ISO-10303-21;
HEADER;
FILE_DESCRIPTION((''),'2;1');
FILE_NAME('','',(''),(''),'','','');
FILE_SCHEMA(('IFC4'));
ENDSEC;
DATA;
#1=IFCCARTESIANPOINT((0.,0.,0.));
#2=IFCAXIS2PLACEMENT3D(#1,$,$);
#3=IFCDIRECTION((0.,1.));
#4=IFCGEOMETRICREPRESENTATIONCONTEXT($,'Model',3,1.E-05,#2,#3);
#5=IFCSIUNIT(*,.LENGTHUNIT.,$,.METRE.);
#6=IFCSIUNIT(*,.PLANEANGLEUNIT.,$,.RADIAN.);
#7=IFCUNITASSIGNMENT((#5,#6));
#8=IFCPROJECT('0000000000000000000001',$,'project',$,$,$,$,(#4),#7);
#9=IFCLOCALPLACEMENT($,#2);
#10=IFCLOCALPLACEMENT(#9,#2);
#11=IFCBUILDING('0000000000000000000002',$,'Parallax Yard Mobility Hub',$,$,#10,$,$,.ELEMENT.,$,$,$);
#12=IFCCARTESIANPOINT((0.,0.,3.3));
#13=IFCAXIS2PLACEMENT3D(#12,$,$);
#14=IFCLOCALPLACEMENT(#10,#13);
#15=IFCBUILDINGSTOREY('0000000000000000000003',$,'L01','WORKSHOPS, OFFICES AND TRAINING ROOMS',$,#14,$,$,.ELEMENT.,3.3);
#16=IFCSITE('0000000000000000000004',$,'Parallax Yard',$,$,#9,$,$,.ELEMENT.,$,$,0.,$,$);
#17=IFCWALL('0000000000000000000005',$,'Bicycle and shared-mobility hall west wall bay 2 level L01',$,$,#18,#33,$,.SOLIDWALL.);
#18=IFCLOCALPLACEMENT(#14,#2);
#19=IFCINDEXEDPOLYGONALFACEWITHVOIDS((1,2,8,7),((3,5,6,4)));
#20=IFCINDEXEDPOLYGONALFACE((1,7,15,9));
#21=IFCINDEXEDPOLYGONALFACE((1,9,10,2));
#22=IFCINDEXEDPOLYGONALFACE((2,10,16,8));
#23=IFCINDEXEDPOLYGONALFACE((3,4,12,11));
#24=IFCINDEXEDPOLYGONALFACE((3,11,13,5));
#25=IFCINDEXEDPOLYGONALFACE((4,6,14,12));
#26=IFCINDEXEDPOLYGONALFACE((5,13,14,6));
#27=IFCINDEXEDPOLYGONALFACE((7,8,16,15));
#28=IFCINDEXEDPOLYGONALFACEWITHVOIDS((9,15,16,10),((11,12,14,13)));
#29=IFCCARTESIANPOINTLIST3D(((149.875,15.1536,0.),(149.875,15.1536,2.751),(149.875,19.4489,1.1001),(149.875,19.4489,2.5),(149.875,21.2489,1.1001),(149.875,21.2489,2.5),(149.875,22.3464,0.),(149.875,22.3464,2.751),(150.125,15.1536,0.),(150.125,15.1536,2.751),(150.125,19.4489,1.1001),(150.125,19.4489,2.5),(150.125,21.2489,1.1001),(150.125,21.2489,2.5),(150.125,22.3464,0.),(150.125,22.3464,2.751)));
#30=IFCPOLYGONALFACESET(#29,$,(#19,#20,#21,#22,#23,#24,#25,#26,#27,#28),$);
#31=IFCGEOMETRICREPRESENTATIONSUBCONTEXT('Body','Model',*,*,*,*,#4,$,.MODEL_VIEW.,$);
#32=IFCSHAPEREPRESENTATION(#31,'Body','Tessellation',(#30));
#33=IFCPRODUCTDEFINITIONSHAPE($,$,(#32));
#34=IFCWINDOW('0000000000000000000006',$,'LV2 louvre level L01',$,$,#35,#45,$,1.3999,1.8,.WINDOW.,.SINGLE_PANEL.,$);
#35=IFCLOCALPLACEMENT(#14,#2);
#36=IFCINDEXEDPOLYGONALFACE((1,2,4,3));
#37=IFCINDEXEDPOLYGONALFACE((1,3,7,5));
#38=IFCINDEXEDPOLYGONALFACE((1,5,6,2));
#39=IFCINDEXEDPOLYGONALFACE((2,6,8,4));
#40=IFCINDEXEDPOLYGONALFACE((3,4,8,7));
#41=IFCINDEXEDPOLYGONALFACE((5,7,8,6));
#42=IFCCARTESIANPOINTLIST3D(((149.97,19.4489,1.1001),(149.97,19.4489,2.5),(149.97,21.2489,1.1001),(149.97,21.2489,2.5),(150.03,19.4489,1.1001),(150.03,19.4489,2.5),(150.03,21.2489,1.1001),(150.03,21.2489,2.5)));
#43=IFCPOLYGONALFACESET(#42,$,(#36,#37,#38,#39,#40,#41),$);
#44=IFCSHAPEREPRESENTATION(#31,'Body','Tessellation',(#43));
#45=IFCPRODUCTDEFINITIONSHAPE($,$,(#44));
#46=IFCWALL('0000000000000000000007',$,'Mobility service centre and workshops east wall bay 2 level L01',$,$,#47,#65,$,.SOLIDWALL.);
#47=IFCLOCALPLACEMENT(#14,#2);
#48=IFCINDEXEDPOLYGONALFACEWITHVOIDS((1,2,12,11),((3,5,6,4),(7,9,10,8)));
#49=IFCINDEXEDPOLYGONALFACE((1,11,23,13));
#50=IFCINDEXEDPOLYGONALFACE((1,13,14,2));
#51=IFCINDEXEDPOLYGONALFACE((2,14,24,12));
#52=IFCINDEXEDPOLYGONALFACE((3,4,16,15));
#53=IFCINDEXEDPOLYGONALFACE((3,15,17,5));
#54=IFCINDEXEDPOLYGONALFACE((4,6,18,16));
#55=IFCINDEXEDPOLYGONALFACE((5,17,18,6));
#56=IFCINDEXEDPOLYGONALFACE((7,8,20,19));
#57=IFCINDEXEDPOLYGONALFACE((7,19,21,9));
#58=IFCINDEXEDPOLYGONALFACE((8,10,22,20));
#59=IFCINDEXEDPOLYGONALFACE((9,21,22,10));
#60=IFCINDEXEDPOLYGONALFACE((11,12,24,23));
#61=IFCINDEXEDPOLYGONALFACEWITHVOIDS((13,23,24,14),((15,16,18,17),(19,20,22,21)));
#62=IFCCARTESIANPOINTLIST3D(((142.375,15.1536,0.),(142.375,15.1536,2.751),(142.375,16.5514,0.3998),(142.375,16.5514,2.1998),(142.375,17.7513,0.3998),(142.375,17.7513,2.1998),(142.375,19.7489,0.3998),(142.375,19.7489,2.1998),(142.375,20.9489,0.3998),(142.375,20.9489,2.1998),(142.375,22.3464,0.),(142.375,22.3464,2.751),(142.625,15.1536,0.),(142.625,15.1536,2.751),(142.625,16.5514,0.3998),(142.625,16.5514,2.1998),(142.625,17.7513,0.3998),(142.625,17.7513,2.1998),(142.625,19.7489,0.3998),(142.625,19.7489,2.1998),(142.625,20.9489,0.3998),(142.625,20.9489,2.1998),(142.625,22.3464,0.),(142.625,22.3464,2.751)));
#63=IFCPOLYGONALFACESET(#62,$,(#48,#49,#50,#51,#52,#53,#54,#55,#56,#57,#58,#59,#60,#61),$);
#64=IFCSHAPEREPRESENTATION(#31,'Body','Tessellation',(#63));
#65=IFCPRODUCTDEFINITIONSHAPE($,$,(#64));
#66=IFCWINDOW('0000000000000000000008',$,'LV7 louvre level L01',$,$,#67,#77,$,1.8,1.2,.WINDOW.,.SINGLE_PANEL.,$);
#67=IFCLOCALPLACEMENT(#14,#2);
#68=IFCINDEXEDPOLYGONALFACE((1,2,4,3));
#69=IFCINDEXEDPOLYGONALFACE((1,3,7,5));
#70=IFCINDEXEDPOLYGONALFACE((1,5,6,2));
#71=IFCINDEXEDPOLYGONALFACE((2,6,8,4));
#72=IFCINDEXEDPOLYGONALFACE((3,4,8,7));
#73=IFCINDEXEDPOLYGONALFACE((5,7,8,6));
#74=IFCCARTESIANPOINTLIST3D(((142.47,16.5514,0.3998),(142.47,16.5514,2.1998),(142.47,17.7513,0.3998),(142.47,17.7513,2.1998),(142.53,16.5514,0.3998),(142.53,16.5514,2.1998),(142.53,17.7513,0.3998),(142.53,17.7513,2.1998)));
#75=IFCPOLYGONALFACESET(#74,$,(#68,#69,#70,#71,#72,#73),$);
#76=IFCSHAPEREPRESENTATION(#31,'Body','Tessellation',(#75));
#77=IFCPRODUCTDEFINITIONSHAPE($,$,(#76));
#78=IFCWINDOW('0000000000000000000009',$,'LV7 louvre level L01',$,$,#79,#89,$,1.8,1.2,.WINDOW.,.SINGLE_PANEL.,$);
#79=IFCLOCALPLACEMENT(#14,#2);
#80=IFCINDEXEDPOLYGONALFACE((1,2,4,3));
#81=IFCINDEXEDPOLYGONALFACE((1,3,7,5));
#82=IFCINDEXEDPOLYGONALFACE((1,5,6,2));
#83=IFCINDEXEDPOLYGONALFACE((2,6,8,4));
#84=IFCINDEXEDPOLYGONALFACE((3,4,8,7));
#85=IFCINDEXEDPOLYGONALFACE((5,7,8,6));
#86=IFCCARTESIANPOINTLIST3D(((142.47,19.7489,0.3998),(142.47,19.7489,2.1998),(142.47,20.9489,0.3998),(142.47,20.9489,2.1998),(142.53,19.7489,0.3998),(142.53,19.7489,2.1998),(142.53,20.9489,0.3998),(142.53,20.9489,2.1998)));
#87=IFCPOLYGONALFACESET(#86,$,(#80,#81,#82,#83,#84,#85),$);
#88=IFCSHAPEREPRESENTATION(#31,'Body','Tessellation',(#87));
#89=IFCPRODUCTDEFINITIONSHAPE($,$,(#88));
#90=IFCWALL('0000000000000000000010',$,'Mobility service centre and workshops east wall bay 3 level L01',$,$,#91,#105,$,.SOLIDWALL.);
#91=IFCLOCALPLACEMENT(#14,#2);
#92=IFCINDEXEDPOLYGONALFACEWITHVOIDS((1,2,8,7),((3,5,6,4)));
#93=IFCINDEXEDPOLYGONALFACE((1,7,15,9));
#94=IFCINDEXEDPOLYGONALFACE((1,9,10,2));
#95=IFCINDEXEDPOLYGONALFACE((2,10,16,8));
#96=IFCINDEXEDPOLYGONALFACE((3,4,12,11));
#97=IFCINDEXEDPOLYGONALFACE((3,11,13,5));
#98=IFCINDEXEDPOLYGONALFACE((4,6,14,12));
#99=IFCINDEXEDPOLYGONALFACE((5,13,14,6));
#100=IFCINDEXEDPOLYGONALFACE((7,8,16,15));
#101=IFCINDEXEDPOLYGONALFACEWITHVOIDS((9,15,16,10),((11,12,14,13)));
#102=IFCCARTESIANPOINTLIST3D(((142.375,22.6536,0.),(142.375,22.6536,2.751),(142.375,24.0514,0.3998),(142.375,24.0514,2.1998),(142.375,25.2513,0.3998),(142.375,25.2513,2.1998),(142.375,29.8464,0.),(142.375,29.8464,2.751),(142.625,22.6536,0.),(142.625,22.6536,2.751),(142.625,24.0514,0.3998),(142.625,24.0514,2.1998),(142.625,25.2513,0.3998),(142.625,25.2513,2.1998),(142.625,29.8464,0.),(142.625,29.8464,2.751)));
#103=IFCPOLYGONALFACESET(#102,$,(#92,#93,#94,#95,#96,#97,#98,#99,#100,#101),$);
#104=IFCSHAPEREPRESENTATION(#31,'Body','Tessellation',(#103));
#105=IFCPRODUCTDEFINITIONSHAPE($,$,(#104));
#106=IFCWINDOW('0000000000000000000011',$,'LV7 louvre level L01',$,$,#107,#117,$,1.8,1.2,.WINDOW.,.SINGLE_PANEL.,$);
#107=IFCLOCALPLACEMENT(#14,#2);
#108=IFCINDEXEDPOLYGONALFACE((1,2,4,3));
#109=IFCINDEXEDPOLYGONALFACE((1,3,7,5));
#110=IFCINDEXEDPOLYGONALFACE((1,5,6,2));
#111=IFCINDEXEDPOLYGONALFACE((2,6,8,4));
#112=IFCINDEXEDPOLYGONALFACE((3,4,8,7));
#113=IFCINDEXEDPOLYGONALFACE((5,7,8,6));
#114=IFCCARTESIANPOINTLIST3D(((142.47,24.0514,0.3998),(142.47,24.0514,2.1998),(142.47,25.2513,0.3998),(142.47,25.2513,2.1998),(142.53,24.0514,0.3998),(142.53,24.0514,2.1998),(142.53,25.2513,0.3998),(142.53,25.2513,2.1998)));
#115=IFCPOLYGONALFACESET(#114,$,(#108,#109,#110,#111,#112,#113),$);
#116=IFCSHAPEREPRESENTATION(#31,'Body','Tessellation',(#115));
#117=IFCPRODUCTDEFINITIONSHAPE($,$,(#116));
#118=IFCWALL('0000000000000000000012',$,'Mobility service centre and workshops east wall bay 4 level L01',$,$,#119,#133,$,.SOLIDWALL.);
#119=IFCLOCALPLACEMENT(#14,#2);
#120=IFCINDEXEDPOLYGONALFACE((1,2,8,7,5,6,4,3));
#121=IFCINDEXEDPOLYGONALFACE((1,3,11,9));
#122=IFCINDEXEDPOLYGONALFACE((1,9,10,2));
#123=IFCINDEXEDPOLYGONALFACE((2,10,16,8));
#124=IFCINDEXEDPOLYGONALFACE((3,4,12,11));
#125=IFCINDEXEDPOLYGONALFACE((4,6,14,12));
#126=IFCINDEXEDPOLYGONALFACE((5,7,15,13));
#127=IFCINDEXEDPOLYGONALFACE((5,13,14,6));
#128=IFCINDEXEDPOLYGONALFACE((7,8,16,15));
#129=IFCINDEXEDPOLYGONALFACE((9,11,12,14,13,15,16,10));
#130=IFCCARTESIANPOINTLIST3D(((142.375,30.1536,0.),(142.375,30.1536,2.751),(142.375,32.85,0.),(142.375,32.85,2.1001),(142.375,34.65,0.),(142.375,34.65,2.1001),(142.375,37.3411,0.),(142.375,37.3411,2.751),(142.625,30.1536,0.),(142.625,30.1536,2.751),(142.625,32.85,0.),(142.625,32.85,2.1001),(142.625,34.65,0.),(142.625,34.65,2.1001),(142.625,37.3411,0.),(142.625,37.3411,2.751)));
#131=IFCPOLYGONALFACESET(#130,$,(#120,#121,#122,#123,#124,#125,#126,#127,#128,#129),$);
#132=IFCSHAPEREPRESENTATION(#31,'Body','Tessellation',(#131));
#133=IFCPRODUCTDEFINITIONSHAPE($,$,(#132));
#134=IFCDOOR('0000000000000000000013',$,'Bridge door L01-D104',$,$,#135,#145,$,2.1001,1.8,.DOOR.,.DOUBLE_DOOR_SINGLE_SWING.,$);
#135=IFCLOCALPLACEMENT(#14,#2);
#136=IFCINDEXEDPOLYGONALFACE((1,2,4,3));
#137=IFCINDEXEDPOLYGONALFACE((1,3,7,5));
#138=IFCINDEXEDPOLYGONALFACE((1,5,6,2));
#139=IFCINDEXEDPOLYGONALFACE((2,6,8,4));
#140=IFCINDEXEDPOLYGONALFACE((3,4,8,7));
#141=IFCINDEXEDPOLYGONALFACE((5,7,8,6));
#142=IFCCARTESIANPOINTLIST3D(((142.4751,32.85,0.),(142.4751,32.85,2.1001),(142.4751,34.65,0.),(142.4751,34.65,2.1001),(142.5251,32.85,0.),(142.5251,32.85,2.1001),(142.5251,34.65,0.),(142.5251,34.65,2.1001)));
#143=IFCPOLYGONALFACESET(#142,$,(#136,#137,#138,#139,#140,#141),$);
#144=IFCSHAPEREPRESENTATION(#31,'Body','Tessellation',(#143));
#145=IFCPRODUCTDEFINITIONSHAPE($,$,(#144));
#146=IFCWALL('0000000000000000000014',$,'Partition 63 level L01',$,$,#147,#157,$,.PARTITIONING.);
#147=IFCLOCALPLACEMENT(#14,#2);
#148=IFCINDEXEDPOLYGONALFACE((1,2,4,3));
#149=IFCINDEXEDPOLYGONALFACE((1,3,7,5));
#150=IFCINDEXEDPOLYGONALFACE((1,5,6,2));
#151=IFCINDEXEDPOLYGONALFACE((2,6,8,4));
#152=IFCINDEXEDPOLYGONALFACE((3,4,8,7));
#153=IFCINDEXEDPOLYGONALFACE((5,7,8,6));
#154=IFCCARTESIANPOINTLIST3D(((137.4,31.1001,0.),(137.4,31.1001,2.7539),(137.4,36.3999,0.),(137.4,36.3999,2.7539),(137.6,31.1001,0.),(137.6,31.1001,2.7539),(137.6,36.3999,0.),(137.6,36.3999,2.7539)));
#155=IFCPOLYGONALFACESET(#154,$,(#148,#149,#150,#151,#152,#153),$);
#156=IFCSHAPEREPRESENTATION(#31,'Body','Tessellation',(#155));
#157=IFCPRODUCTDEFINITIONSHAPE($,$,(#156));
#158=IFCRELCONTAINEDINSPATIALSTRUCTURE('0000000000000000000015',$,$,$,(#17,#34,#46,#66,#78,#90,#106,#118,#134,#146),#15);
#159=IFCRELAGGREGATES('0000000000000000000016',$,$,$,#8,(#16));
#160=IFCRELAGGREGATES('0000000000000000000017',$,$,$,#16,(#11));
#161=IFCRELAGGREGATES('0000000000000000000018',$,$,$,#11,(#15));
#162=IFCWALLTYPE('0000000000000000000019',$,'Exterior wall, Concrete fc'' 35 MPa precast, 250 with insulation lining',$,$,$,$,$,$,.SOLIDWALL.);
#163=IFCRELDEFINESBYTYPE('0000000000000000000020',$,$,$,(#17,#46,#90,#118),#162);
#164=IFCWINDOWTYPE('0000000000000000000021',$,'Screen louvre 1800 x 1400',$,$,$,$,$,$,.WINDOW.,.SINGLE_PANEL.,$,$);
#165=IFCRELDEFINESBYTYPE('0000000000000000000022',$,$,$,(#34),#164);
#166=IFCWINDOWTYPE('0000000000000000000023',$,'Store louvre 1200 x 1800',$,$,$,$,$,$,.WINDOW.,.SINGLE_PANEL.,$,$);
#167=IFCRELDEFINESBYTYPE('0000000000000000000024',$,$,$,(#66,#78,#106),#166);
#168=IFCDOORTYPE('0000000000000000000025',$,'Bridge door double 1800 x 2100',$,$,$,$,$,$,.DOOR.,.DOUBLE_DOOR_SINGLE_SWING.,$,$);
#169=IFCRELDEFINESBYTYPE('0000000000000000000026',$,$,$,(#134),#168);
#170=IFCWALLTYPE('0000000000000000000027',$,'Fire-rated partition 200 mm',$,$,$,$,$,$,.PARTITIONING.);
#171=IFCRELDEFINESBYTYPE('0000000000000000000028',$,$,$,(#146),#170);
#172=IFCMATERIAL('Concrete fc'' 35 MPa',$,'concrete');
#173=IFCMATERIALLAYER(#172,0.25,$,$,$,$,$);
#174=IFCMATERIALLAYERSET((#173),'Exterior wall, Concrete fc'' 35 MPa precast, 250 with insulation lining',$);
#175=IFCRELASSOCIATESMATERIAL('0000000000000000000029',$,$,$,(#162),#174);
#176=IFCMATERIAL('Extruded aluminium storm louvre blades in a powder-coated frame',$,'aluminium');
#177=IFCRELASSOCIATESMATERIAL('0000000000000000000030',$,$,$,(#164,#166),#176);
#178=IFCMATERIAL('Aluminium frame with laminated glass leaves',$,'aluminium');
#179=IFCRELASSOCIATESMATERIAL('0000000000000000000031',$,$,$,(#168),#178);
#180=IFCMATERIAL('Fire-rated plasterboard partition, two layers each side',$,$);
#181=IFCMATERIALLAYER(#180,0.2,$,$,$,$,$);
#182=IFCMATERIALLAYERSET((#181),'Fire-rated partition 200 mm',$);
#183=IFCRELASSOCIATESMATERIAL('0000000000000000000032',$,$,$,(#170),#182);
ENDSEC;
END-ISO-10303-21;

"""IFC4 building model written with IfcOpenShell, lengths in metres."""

from ifc_helpers import new_model, si_unit, direction, frame, frame_2d, origin, place, context, subcontext, project, spatial, rectangle, extrude, material, layer, layer_set, type_object, element, fill, save


model = new_model("IFC4")

# Units and contexts
model_context = context("Model", 3, precision=1e-05, world=origin(), true_north=direction((0.0, 1.0)))
body_context = subcontext(model_context, "Body", "Model", "MODEL_VIEW")
ifc_project = project(units=[si_unit("LENGTHUNIT", "METRE"), si_unit("PLANEANGLEUNIT", "RADIAN")], contexts=[model_context])

# Site, building, storey
site_placement = place(None, origin())
site = spatial("IfcSite", under=ifc_project, at=site_placement, Name="Parallax Yard", CompositionType="ELEMENT", RefElevation=0.0)
building_placement = place(site_placement, origin())
building = spatial("IfcBuilding", under=site, at=building_placement, Name="Parallax Yard Mobility Hub", CompositionType="ELEMENT")
storey_placement = place(building_placement, frame((0.0, 0.0, 3.3)))
storey = spatial("IfcBuildingStorey", under=building, at=storey_placement, Name="L01", Description="WORKSHOPS, OFFICES AND TRAINING ROOMS", CompositionType="ELEMENT", Elevation=3.3)

# Wall, opening, window
ifc_material_1 = material(Name="Concrete fc' 35 MPa", Category="concrete")
ifc_layer_1 = layer(ifc_material_1, 0.25)
ifc_layer_set_1 = layer_set([ifc_layer_1], Name="Exterior wall, Concrete fc' 35 MPa precast, 250 with insulation lining")
wall_type_1 = type_object("IfcWallType", Name="Exterior wall, Concrete fc' 35 MPa precast, 250 with insulation lining", PredefinedType="SOLIDWALL", material=ifc_layer_set_1)
wall_1_placement = place(storey_placement, frame((150.0, 15.1536, 0.0), z_axis=(0.0, 0.0, 1.0), x_axis=(0.0, 1.0, 0.0)))
wall_1 = element("IfcWall", 1, at=wall_1_placement, inside=storey, type_object=wall_type_1, Name="Bicycle and shared-mobility hall west wall bay 2 level L01", PredefinedType="SOLIDWALL", context=body_context, shape_type="SweptSolid", body=[
    extrude(rectangle(XDim=7.1929, YDim=0.25, at=frame_2d((3.5964, 0.0))), origin(), (0.0, 0.0, 1.0), 2.751),
])
opening_1_placement = place(wall_1_placement, frame((4.2954, 0.0, 1.1001)))
opening_1 = element("IfcOpeningElement", 2, at=opening_1_placement, cuts=wall_1, PredefinedType="OPENING", context=body_context, shape_type="SweptSolid", body=[
    extrude(rectangle(XDim=1.8, YDim=1.3999, at=frame_2d((0.8999, 0.7))), frame((0.0, 0.135, 0.0), z_axis=(0.0, -1.0, 0.0), x_axis=(1.0, 0.0, 0.0)), (0.0, 0.0, 1.0), 0.27),
])
ifc_material_2 = material(Name="Extruded aluminium storm louvre blades in a powder-coated frame", Category="aluminium")
window_type_1 = type_object("IfcWindowType", Name="Screen louvre 1800 x 1400", PartitioningType="SINGLE_PANEL", PredefinedType="WINDOW", material=ifc_material_2)
window_1_placement = place(opening_1_placement, origin())
window_1 = element("IfcWindow", 3, at=window_1_placement, inside=storey, type_object=window_type_1, Name="LV2 louvre level L01", OverallHeight=1.3999, OverallWidth=1.8, PartitioningType="SINGLE_PANEL", PredefinedType="WINDOW", context=body_context, shape_type="SweptSolid", body=[
    extrude(rectangle(XDim=1.8, YDim=1.3999, at=frame_2d((0.8999, 0.7))), frame((0.0, 0.03, 0.0), z_axis=(0.0, -1.0, 0.0), x_axis=(1.0, 0.0, 0.0)), (0.0, 0.0, 1.0), 0.0601),
])
fill(opening_1, window_1)

# Wall, openings, windows
wall_2_placement = place(storey_placement, frame((142.5, 15.1536, 0.0), z_axis=(0.0, 0.0, 1.0), x_axis=(0.0, 1.0, 0.0)))
wall_2 = element("IfcWall", 4, at=wall_2_placement, inside=storey, type_object=wall_type_1, Name="Mobility service centre and workshops east wall bay 2 level L01", PredefinedType="SOLIDWALL", context=body_context, shape_type="SweptSolid", body=[
    extrude(rectangle(XDim=7.1929, YDim=0.25, at=frame_2d((3.5964, 0.0))), origin(), (0.0, 0.0, 1.0), 2.751),
])
opening_2_placement = place(wall_2_placement, frame((1.3977, 0.0, 0.3999)))
opening_2 = element("IfcOpeningElement", 5, at=opening_2_placement, cuts=wall_2, PredefinedType="OPENING", context=body_context, shape_type="SweptSolid", body=[
    extrude(rectangle(XDim=1.2, YDim=1.8, at=frame_2d((0.6001, 0.8999))), frame((0.0, 0.135, 0.0), z_axis=(0.0, -1.0, 0.0), x_axis=(1.0, 0.0, 0.0)), (0.0, 0.0, 1.0), 0.27),
])
opening_3_placement = place(wall_2_placement, frame((4.5952, 0.0, 0.3999)))
opening_3 = element("IfcOpeningElement", 6, at=opening_3_placement, cuts=wall_2, PredefinedType="OPENING", context=body_context, shape_type="SweptSolid", body=[
    extrude(rectangle(XDim=1.2, YDim=1.8, at=frame_2d((0.6001, 0.8999))), frame((0.0, 0.135, 0.0), z_axis=(0.0, -1.0, 0.0), x_axis=(1.0, 0.0, 0.0)), (0.0, 0.0, 1.0), 0.27),
])
window_type_2 = type_object("IfcWindowType", Name="Store louvre 1200 x 1800", PartitioningType="SINGLE_PANEL", PredefinedType="WINDOW", material=ifc_material_2)
window_2_placement = place(opening_2_placement, origin())
window_2 = element("IfcWindow", 7, at=window_2_placement, inside=storey, type_object=window_type_2, Name="LV7 louvre level L01", OverallHeight=1.8, OverallWidth=1.2, PartitioningType="SINGLE_PANEL", PredefinedType="WINDOW", context=body_context, shape_type="SweptSolid", body=[
    extrude(rectangle(XDim=1.2, YDim=1.8, at=frame_2d((0.6001, 0.8999))), frame((0.0, 0.03, 0.0), z_axis=(0.0, -1.0, 0.0), x_axis=(1.0, 0.0, 0.0)), (0.0, 0.0, 1.0), 0.0601),
])
fill(opening_2, window_2)
window_3_placement = place(opening_3_placement, origin())
window_3 = element("IfcWindow", 8, at=window_3_placement, inside=storey, type_object=window_type_2, Name="LV7 louvre level L01", OverallHeight=1.8, OverallWidth=1.2, PartitioningType="SINGLE_PANEL", PredefinedType="WINDOW", context=body_context, shape_type="SweptSolid", body=[
    extrude(rectangle(XDim=1.2, YDim=1.8, at=frame_2d((0.6001, 0.8999))), frame((0.0, 0.03, 0.0), z_axis=(0.0, -1.0, 0.0), x_axis=(1.0, 0.0, 0.0)), (0.0, 0.0, 1.0), 0.0601),
])
fill(opening_3, window_3)

# Wall, opening, window
wall_3_placement = place(storey_placement, frame((142.5, 22.6536, 0.0), z_axis=(0.0, 0.0, 1.0), x_axis=(0.0, 1.0, 0.0)))
wall_3 = element("IfcWall", 9, at=wall_3_placement, inside=storey, type_object=wall_type_1, Name="Mobility service centre and workshops east wall bay 3 level L01", PredefinedType="SOLIDWALL", context=body_context, shape_type="SweptSolid", body=[
    extrude(rectangle(XDim=7.1929, YDim=0.25, at=frame_2d((3.5964, 0.0))), origin(), (0.0, 0.0, 1.0), 2.751),
])
opening_4_placement = place(wall_3_placement, frame((1.3977, 0.0, 0.3999)))
opening_4 = element("IfcOpeningElement", 10, at=opening_4_placement, cuts=wall_3, PredefinedType="OPENING", context=body_context, shape_type="SweptSolid", body=[
    extrude(rectangle(XDim=1.2, YDim=1.8, at=frame_2d((0.6001, 0.8999))), frame((0.0, 0.135, 0.0), z_axis=(0.0, -1.0, 0.0), x_axis=(1.0, 0.0, 0.0)), (0.0, 0.0, 1.0), 0.27),
])
window_4_placement = place(opening_4_placement, origin())
window_4 = element("IfcWindow", 11, at=window_4_placement, inside=storey, type_object=window_type_2, Name="LV7 louvre level L01", OverallHeight=1.8, OverallWidth=1.2, PartitioningType="SINGLE_PANEL", PredefinedType="WINDOW", context=body_context, shape_type="SweptSolid", body=[
    extrude(rectangle(XDim=1.2, YDim=1.8, at=frame_2d((0.6001, 0.8999))), frame((0.0, 0.03, 0.0), z_axis=(0.0, -1.0, 0.0), x_axis=(1.0, 0.0, 0.0)), (0.0, 0.0, 1.0), 0.0601),
])
fill(opening_4, window_4)

# Wall, opening, door
wall_4_placement = place(storey_placement, frame((142.5, 30.1536, 0.0), z_axis=(0.0, 0.0, 1.0), x_axis=(0.0, 1.0, 0.0)))
wall_4 = element("IfcWall", 12, at=wall_4_placement, inside=storey, type_object=wall_type_1, Name="Mobility service centre and workshops east wall bay 4 level L01", PredefinedType="SOLIDWALL", context=body_context, shape_type="SweptSolid", body=[
    extrude(rectangle(XDim=7.1875, YDim=0.25, at=frame_2d((3.5938, 0.0))), origin(), (0.0, 0.0, 1.0), 2.751),
])
opening_5_placement = place(wall_4_placement, frame((2.6965, 0.0, 0.0)))
opening_5 = element("IfcOpeningElement", 13, at=opening_5_placement, cuts=wall_4, PredefinedType="OPENING", context=body_context, shape_type="SweptSolid", body=[
    extrude(rectangle(XDim=1.8, YDim=2.1001, at=frame_2d((0.8999, 1.05))), frame((0.0, 0.135, 0.0), z_axis=(0.0, -1.0, 0.0), x_axis=(1.0, 0.0, 0.0)), (0.0, 0.0, 1.0), 0.27),
])
ifc_material_3 = material(Name="Aluminium frame with laminated glass leaves", Category="aluminium")
door_type = type_object("IfcDoorType", Name="Bridge door double 1800 x 2100", OperationType="DOUBLE_DOOR_SINGLE_SWING", PredefinedType="DOOR", material=ifc_material_3)
door_placement = place(opening_5_placement, origin())
door = element("IfcDoor", 14, at=door_placement, inside=storey, type_object=door_type, Name="Bridge door L01-D104", OperationType="DOUBLE_DOOR_SINGLE_SWING", OverallHeight=2.1001, OverallWidth=1.8, PredefinedType="DOOR", context=body_context, shape_type="SweptSolid", body=[
    extrude(rectangle(XDim=1.8, YDim=2.1001, at=frame_2d((0.8999, 1.05))), frame((0.0, 0.0249, 0.0), z_axis=(0.0, -1.0, 0.0), x_axis=(1.0, 0.0, 0.0)), (0.0, 0.0, 1.0), 0.05),
])
fill(opening_5, door)

# Wall
ifc_material_4 = material(Name="Fire-rated plasterboard partition, two layers each side")
ifc_layer_2 = layer(ifc_material_4, 0.2)
ifc_layer_set_2 = layer_set([ifc_layer_2], Name="Fire-rated partition 200 mm")
wall_type_2 = type_object("IfcWallType", Name="Fire-rated partition 200 mm", PredefinedType="PARTITIONING", material=ifc_layer_set_2)
wall_5_placement = place(storey_placement, frame((137.5, 31.1001, 0.0), z_axis=(0.0, 0.0, 1.0), x_axis=(0.0, 1.0, 0.0)))
element("IfcWall", 15, at=wall_5_placement, inside=storey, type_object=wall_type_2, Name="Partition 63 level L01", PredefinedType="PARTITIONING", context=body_context, shape_type="SweptSolid", body=[
    extrude(rectangle(XDim=5.2998, YDim=0.2, at=frame_2d((2.6499, 0.0))), origin(), (0.0, 0.0, 1.0), 2.7539),
])

save(model, "model.ifc")
